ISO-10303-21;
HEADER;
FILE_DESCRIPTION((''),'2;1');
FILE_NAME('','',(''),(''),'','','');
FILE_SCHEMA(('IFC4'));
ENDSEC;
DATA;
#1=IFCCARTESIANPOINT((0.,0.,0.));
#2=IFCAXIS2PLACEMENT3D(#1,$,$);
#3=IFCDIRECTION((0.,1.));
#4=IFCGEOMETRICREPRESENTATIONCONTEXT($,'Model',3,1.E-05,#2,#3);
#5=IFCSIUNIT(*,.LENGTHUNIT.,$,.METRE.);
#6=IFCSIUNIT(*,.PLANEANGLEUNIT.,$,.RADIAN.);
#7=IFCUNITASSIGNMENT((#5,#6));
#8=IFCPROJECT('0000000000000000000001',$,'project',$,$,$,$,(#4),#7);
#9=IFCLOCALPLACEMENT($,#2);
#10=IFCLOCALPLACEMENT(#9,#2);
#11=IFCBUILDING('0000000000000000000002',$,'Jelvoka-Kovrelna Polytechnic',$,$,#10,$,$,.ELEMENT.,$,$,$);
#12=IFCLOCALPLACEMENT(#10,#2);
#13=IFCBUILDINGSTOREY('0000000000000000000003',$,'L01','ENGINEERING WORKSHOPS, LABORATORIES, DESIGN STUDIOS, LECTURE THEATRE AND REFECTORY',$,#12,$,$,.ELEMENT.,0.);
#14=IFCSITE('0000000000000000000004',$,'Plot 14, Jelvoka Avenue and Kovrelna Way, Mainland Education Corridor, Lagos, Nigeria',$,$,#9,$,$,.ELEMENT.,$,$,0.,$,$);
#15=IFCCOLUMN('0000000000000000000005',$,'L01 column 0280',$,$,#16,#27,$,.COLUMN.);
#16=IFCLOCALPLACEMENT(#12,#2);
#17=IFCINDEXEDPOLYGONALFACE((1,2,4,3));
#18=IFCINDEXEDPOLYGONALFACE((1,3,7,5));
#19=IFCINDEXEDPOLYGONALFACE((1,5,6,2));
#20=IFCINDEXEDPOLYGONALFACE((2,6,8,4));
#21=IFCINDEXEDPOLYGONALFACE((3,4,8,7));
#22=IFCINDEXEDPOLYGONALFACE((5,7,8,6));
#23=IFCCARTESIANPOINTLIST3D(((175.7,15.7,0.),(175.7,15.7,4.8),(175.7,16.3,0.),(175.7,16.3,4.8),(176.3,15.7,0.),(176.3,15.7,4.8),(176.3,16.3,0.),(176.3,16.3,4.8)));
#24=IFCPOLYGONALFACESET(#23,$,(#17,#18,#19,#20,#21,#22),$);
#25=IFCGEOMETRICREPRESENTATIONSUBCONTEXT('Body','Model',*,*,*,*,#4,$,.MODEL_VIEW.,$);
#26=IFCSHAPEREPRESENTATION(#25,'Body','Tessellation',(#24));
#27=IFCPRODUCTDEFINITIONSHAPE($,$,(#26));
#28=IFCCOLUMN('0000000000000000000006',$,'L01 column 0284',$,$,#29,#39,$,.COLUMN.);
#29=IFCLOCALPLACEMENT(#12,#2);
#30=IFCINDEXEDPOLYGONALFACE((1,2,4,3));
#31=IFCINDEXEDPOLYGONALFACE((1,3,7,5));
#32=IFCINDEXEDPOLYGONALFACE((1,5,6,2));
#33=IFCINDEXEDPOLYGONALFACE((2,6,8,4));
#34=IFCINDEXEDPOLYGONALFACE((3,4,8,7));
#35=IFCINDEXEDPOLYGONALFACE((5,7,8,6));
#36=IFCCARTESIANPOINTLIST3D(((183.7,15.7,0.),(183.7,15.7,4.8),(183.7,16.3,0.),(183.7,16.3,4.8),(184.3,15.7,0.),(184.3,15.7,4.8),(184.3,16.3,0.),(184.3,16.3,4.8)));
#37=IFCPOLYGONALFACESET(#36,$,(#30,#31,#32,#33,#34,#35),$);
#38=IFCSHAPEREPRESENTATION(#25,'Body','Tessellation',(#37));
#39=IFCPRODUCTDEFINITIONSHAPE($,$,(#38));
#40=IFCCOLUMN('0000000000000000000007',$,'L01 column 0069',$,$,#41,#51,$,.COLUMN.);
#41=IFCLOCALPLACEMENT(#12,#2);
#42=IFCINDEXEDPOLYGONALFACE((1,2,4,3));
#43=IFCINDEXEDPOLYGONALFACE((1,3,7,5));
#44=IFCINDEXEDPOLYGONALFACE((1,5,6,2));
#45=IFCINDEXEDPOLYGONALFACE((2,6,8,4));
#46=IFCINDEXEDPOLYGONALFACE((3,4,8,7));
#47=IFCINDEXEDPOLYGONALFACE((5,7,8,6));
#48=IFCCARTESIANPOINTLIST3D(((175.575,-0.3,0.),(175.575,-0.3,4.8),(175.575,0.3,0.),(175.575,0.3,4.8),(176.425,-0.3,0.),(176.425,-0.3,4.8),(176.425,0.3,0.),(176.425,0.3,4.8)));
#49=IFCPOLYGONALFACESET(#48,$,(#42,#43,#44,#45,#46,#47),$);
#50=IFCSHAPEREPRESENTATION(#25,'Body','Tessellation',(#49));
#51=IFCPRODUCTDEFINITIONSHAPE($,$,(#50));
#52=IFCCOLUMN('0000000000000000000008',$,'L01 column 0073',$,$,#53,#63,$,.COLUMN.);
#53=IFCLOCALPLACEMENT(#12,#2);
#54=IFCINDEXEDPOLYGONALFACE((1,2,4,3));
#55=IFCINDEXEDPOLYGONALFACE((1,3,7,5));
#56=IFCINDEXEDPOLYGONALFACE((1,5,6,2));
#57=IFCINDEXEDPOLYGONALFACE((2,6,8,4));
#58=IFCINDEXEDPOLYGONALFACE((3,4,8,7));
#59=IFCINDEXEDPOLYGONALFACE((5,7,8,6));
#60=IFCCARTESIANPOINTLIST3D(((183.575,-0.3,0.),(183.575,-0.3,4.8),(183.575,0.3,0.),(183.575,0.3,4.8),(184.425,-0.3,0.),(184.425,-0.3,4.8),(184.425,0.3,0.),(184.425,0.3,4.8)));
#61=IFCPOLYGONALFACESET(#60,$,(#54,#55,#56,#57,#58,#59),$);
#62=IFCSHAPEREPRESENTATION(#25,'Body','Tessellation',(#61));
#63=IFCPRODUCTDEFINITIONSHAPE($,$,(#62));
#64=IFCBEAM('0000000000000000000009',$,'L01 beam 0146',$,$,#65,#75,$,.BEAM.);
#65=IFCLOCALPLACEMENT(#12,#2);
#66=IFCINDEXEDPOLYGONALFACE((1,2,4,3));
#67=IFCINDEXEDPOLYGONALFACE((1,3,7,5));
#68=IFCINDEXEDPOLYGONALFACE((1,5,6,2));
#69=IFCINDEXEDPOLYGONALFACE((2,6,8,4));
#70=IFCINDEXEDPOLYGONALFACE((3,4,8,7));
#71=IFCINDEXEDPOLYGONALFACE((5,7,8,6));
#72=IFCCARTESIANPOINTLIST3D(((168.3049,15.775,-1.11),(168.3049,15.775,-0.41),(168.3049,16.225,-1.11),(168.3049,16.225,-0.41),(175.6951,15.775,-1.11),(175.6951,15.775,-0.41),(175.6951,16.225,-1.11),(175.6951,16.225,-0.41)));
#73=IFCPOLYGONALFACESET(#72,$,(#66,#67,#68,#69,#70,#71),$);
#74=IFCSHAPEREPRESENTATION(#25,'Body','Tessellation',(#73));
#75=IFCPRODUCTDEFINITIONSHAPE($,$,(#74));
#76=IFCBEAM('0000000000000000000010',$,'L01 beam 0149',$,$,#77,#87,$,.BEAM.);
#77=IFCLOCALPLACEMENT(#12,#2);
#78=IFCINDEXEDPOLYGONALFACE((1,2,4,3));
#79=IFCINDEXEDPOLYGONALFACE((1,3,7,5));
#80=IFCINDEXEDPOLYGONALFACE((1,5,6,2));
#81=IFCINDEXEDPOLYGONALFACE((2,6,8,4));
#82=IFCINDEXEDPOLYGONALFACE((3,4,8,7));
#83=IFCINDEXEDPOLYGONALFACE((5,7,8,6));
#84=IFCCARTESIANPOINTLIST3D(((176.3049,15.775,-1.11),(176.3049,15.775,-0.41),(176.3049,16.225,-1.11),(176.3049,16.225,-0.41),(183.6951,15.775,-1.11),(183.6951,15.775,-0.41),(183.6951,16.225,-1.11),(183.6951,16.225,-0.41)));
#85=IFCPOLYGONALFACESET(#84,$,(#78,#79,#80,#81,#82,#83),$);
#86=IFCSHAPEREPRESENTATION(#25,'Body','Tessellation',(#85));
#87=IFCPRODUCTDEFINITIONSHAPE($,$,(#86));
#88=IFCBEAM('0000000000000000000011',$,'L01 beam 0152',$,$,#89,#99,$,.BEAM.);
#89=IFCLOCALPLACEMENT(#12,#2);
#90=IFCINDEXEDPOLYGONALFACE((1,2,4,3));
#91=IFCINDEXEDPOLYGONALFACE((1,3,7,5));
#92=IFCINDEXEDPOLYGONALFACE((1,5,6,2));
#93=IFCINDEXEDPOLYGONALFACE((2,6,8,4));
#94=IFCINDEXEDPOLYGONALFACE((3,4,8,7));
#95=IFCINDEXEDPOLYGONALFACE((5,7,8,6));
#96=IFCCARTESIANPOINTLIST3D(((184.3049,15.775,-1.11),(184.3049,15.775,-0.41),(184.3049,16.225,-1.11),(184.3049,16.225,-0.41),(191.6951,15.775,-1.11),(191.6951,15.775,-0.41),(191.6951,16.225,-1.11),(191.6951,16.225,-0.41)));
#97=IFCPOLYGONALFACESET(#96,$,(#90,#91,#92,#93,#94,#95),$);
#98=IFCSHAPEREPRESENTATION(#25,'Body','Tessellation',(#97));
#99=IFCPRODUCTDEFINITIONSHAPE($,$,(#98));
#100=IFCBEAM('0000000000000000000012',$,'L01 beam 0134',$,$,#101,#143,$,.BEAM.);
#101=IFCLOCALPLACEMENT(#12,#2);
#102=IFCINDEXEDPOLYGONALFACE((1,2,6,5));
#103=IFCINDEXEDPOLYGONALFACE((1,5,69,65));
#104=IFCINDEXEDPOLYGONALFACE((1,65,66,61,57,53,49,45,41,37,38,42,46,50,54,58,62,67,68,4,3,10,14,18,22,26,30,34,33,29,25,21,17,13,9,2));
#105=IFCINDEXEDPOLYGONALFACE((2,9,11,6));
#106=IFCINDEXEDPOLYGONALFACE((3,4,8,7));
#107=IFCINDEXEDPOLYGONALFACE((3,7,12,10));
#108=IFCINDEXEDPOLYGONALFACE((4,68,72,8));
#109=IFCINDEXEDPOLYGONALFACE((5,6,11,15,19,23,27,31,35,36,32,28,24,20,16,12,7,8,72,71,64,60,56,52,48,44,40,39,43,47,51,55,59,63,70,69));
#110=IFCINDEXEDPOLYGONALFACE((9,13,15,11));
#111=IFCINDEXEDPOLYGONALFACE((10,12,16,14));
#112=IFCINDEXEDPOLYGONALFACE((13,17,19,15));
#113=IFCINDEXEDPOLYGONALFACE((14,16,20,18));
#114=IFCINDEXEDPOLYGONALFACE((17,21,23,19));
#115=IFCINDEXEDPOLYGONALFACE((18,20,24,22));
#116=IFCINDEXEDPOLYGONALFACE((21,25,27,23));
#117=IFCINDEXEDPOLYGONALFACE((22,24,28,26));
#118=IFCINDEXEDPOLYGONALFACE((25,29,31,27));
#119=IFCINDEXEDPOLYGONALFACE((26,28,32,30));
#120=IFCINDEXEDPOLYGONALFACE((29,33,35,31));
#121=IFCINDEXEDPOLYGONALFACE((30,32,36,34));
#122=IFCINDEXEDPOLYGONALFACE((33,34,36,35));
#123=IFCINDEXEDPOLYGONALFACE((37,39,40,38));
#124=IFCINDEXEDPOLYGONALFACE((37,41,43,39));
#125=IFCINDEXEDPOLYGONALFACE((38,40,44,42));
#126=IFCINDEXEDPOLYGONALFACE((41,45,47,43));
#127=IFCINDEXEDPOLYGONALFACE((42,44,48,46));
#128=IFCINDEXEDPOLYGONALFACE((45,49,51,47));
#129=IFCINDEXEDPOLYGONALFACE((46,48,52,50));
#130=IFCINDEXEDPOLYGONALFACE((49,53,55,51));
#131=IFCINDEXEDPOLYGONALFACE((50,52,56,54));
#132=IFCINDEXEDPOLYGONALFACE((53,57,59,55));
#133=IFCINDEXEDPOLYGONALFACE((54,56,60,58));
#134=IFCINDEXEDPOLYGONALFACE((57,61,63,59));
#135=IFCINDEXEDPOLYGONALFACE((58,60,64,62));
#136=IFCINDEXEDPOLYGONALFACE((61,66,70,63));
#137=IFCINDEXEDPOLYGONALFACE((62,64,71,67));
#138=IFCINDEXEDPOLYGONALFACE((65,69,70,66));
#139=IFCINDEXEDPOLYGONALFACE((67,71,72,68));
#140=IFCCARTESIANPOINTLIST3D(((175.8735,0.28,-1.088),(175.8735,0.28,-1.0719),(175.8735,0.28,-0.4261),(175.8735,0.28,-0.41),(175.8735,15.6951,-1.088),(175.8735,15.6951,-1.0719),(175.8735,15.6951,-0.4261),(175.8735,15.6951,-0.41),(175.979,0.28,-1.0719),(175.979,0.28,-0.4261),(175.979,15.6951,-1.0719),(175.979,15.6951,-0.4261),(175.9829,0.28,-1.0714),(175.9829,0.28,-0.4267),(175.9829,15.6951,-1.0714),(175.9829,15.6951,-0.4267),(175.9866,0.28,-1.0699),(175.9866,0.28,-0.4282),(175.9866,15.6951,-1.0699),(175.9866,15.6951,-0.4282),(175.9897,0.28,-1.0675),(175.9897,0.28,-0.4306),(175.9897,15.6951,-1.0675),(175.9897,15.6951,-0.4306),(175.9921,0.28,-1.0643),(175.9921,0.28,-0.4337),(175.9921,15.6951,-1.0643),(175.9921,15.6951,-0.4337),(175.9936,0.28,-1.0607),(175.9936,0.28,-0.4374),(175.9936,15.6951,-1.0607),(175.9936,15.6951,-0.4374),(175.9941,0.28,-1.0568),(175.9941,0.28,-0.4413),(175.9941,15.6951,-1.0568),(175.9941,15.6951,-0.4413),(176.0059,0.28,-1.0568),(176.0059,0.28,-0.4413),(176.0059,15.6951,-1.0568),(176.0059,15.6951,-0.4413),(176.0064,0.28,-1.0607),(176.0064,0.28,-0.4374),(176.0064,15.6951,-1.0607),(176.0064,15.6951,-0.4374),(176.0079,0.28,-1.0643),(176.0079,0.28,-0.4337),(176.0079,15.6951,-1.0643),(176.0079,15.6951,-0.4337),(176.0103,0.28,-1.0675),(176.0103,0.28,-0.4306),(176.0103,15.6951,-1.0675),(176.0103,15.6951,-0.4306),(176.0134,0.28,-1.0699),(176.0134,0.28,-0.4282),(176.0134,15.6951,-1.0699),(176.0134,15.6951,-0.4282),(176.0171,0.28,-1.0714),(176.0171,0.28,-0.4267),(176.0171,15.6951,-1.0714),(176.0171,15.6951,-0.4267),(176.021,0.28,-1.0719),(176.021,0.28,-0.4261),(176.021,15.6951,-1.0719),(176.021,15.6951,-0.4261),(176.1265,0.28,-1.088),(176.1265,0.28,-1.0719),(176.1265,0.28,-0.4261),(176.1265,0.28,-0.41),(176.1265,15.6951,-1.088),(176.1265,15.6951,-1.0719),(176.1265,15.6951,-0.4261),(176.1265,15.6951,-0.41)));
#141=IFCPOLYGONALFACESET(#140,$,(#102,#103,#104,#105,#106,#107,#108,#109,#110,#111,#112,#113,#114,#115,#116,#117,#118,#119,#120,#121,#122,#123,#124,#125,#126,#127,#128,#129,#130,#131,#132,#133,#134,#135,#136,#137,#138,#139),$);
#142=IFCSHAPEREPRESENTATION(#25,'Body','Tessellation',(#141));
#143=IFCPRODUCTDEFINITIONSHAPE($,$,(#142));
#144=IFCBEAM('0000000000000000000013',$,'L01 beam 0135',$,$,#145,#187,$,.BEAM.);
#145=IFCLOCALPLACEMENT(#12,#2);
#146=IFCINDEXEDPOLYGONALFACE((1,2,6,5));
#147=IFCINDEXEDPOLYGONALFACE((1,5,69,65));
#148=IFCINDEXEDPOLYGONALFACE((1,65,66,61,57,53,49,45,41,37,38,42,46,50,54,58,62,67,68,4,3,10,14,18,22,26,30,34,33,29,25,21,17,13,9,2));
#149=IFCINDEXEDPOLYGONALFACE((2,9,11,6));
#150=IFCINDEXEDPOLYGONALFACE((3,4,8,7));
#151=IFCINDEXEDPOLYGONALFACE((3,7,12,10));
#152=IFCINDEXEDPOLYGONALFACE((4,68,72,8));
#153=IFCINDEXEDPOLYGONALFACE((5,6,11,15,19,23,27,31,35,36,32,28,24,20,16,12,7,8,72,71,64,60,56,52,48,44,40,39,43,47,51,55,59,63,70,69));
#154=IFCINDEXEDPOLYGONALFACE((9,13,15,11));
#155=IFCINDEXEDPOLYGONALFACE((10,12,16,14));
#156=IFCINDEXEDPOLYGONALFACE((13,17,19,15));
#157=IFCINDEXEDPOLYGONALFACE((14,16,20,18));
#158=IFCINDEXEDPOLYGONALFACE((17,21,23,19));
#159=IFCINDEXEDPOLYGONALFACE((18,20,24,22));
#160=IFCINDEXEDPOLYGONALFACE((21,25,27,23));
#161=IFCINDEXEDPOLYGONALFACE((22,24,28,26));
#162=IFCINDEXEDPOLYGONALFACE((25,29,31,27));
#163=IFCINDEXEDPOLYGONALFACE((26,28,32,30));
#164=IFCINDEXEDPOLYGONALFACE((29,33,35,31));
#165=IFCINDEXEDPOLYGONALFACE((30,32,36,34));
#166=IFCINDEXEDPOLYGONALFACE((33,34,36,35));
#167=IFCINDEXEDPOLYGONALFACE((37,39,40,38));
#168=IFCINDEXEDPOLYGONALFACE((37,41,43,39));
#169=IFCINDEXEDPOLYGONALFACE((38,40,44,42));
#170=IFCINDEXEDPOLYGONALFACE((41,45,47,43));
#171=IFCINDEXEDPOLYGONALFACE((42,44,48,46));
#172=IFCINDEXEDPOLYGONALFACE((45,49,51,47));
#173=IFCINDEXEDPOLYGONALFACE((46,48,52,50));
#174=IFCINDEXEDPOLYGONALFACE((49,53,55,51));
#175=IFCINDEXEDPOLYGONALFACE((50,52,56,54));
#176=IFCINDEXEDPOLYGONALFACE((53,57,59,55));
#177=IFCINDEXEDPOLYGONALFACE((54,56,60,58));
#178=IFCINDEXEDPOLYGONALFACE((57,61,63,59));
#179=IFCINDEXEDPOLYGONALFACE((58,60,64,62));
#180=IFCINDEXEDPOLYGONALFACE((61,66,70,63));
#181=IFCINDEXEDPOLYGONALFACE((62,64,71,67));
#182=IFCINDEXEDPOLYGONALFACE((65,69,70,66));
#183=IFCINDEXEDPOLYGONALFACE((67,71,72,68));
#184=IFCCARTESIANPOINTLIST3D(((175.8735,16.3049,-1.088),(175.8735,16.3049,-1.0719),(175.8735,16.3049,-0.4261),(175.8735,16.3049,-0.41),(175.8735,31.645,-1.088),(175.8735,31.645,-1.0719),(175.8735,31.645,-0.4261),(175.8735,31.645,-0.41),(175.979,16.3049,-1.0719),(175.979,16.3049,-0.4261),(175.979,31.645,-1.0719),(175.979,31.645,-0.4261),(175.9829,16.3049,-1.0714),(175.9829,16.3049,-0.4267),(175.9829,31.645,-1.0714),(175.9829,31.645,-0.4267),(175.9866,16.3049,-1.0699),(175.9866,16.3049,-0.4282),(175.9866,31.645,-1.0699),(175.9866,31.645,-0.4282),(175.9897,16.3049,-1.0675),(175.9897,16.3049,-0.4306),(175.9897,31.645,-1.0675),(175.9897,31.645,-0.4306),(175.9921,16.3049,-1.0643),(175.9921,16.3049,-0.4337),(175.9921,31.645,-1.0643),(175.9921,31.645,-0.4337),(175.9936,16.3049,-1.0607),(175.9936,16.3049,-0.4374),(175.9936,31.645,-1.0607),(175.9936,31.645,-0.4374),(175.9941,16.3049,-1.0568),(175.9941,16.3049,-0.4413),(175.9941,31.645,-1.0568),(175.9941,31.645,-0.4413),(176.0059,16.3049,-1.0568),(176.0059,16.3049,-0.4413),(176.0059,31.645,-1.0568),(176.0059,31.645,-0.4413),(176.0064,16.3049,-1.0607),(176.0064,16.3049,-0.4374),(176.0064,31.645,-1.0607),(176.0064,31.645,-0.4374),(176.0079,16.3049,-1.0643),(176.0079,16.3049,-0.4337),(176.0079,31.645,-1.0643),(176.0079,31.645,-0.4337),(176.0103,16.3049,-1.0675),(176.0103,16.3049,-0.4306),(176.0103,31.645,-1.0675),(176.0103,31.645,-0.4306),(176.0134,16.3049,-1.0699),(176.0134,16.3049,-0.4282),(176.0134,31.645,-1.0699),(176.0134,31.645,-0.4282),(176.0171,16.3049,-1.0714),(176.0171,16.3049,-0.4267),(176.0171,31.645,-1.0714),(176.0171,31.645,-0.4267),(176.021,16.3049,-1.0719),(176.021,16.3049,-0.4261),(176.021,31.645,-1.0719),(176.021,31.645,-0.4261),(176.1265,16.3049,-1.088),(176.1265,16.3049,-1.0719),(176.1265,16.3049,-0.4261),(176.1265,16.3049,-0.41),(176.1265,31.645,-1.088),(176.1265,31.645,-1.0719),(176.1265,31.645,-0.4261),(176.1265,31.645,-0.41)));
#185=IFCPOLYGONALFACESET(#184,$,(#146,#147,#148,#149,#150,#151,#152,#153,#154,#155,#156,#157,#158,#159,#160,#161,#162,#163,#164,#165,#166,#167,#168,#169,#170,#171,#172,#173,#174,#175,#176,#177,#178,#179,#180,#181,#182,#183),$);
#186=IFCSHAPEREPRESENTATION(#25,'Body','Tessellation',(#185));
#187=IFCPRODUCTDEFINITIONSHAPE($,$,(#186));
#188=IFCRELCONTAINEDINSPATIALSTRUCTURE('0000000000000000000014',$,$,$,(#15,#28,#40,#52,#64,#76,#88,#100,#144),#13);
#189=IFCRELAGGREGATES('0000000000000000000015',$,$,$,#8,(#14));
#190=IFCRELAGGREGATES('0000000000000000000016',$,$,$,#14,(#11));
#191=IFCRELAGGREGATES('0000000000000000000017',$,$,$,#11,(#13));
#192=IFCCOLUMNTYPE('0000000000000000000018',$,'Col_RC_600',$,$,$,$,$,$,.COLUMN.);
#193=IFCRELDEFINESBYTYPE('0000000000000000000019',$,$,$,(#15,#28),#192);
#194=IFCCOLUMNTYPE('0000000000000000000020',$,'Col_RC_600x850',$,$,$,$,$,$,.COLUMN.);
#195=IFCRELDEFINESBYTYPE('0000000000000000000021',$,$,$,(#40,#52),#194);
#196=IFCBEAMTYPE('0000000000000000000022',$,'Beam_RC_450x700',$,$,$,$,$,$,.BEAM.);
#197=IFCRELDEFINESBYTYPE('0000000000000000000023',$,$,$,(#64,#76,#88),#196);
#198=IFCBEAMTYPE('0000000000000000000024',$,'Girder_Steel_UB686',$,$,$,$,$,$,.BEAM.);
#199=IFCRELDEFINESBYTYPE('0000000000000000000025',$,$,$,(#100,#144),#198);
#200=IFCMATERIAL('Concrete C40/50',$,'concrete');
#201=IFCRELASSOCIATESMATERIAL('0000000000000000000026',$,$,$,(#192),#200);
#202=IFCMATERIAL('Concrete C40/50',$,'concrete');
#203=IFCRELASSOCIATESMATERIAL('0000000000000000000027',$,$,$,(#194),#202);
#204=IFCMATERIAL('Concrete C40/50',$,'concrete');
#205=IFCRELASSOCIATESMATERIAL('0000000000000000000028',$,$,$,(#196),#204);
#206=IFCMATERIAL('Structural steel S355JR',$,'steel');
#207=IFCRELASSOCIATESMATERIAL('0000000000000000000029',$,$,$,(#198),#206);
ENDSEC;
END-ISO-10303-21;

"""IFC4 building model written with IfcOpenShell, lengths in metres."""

from ifc_helpers import new_model, si_unit, direction, frame, origin, origin_2d, place, context, subcontext, project, spatial, rectangle, i_section, extrude, material, material_profile, profile_set, type_object, element, save


model = new_model("IFC4")

# Units and contexts
model_context = context("Model", 3, precision=1e-05, world=origin(), true_north=direction((0.0, 1.0)))
body_context = subcontext(model_context, "Body", "Model", "MODEL_VIEW")
ifc_project = project(units=[si_unit("LENGTHUNIT", "METRE"), si_unit("PLANEANGLEUNIT", "RADIAN")], contexts=[model_context])

# Site, building, storey
site_placement = place(None, origin())
site = spatial("IfcSite", under=ifc_project, at=site_placement, Name="Plot 14, Jelvoka Avenue and Kovrelna Way, Mainland Education Corridor, Lagos, Nigeria", CompositionType="ELEMENT", RefElevation=0.0)
building_placement = place(site_placement, origin())
building = spatial("IfcBuilding", under=site, at=building_placement, Name="Jelvoka-Kovrelna Polytechnic", CompositionType="ELEMENT")
storey_placement = place(building_placement, origin())
storey = spatial("IfcBuildingStorey", under=building, at=storey_placement, Name="L01", Description="ENGINEERING WORKSHOPS, LABORATORIES, DESIGN STUDIOS, LECTURE THEATRE AND REFECTORY", CompositionType="ELEMENT", Elevation=0.0)

# Columns
ifc_material_1 = material(Name="Concrete C40/50", Category="concrete")
ifc_material_profile_1 = material_profile(ifc_material_1, rectangle(XDim=0.6001, YDim=0.6001, at=origin_2d()), Name="RC 600x600")
ifc_profile_set_1 = profile_set([ifc_material_profile_1], Name="Concrete C40/50")
column_type_1 = type_object("IfcColumnType", Name="Col_RC_600", PredefinedType="COLUMN", material=ifc_profile_set_1)
for number, where, z_axis, x_axis, name in (
    (1, (176.0, 16.0, 0.0), (0.0, 0.0, 1.0), (1.0, 0.0, 0.0), "L01 column 0280"),
    (2, (184.0, 16.0, 0.0), (0.0, 0.0, 1.0), (1.0, 0.0, 0.0), "L01 column 0284"),
):
    element("IfcColumn", number, at=place(storey_placement, frame(where, z_axis=z_axis, x_axis=x_axis)), inside=storey, type_object=column_type_1, Name=name, PredefinedType="COLUMN", context=body_context, shape_type="SweptSolid", body=[
        extrude(rectangle(XDim=0.6001, YDim=0.6001, at=origin_2d()), origin(), (0.0, 0.0, 1.0), 4.8),
    ])
ifc_material_2 = material(Name="Concrete C40/50", Category="concrete")
ifc_material_profile_2 = material_profile(ifc_material_2, rectangle(XDim=0.6001, YDim=0.8501, at=origin_2d()), Name="RC 600x850")
ifc_profile_set_2 = profile_set([ifc_material_profile_2], Name="Concrete C40/50")
column_type_2 = type_object("IfcColumnType", Name="Col_RC_600x850", PredefinedType="COLUMN", material=ifc_profile_set_2)
for number, where, z_axis, x_axis, name in (
    (3, (176.0, 0.0, 0.0), (0.0, 0.0, 1.0), (0.0, 1.0, 0.0), "L01 column 0069"),
    (4, (184.0, 0.0, 0.0), (0.0, 0.0, 1.0), (0.0, 1.0, 0.0), "L01 column 0073"),
):
    element("IfcColumn", number, at=place(storey_placement, frame(where, z_axis=z_axis, x_axis=x_axis)), inside=storey, type_object=column_type_2, Name=name, PredefinedType="COLUMN", context=body_context, shape_type="SweptSolid", body=[
        extrude(rectangle(XDim=0.6001, YDim=0.8501, at=origin_2d()), origin(), (0.0, 0.0, 1.0), 4.8),
    ])

# Beams
ifc_material_3 = material(Name="Concrete C40/50", Category="concrete")
ifc_material_profile_3 = material_profile(ifc_material_3, rectangle(XDim=0.45, YDim=0.7, at=origin_2d()), Name="RC 450x700")
ifc_profile_set_3 = profile_set([ifc_material_profile_3], Name="Concrete C40/50")
beam_type_1 = type_object("IfcBeamType", Name="Beam_RC_450x700", PredefinedType="BEAM", material=ifc_profile_set_3)
for number, where, z_axis, x_axis, name in (
    (5, (168.3049, 16.0, -0.76), (1.0, 0.0, 0.0), (0.0, 1.0, 0.0), "L01 beam 0146"),
    (6, (176.3049, 16.0, -0.76), (1.0, 0.0, 0.0), (0.0, 1.0, 0.0), "L01 beam 0149"),
    (7, (184.3049, 16.0, -0.76), (1.0, 0.0, 0.0), (0.0, 1.0, 0.0), "L01 beam 0152"),
):
    element("IfcBeam", number, at=place(storey_placement, frame(where, z_axis=z_axis, x_axis=x_axis)), inside=storey, type_object=beam_type_1, Name=name, PredefinedType="BEAM", context=body_context, shape_type="SweptSolid", body=[
        extrude(rectangle(XDim=0.45, YDim=0.7, at=origin_2d()), origin(), (0.0, 0.0, 1.0), 7.3901),
    ])
ifc_material_4 = material(Name="Structural steel S355JR", Category="steel")
ifc_material_profile_4 = material_profile(ifc_material_4, i_section(OverallWidth=0.2529, OverallDepth=0.678, WebThickness=0.0117, FlangeThickness=0.0161, FilletRadius=0.0151, at=origin_2d()), Name="686x254x125 UB")
ifc_profile_set_4 = profile_set([ifc_material_profile_4], Name="Structural steel S355JR")
beam_type_2 = type_object("IfcBeamType", Name="Girder_Steel_UB686", PredefinedType="BEAM", material=ifc_profile_set_4)
beam_1_placement = place(storey_placement, frame((176.0, 0.28, -0.749), z_axis=(0.0, 1.0, 0.0), x_axis=(-1.0, 0.0, 0.0)))
element("IfcBeam", 8, at=beam_1_placement, inside=storey, type_object=beam_type_2, Name="L01 beam 0134", PredefinedType="BEAM", context=body_context, shape_type="SweptSolid", body=[
    extrude(i_section(OverallWidth=0.2529, OverallDepth=0.678, WebThickness=0.0117, FlangeThickness=0.0161, FilletRadius=0.0151, at=origin_2d()), origin(), (0.0, 0.0, 1.0), 15.415),
])
beam_2_placement = place(storey_placement, frame((176.0, 16.3049, -0.749), z_axis=(0.0, 1.0, 0.0), x_axis=(-1.0, 0.0, 0.0)))
element("IfcBeam", 9, at=beam_2_placement, inside=storey, type_object=beam_type_2, Name="L01 beam 0135", PredefinedType="BEAM", context=body_context, shape_type="SweptSolid", body=[
    extrude(i_section(OverallWidth=0.2529, OverallDepth=0.678, WebThickness=0.0117, FlangeThickness=0.0161, FilletRadius=0.0151, at=origin_2d()), origin(), (0.0, 0.0, 1.0), 15.3401),
])

save(model, "model.ifc")
